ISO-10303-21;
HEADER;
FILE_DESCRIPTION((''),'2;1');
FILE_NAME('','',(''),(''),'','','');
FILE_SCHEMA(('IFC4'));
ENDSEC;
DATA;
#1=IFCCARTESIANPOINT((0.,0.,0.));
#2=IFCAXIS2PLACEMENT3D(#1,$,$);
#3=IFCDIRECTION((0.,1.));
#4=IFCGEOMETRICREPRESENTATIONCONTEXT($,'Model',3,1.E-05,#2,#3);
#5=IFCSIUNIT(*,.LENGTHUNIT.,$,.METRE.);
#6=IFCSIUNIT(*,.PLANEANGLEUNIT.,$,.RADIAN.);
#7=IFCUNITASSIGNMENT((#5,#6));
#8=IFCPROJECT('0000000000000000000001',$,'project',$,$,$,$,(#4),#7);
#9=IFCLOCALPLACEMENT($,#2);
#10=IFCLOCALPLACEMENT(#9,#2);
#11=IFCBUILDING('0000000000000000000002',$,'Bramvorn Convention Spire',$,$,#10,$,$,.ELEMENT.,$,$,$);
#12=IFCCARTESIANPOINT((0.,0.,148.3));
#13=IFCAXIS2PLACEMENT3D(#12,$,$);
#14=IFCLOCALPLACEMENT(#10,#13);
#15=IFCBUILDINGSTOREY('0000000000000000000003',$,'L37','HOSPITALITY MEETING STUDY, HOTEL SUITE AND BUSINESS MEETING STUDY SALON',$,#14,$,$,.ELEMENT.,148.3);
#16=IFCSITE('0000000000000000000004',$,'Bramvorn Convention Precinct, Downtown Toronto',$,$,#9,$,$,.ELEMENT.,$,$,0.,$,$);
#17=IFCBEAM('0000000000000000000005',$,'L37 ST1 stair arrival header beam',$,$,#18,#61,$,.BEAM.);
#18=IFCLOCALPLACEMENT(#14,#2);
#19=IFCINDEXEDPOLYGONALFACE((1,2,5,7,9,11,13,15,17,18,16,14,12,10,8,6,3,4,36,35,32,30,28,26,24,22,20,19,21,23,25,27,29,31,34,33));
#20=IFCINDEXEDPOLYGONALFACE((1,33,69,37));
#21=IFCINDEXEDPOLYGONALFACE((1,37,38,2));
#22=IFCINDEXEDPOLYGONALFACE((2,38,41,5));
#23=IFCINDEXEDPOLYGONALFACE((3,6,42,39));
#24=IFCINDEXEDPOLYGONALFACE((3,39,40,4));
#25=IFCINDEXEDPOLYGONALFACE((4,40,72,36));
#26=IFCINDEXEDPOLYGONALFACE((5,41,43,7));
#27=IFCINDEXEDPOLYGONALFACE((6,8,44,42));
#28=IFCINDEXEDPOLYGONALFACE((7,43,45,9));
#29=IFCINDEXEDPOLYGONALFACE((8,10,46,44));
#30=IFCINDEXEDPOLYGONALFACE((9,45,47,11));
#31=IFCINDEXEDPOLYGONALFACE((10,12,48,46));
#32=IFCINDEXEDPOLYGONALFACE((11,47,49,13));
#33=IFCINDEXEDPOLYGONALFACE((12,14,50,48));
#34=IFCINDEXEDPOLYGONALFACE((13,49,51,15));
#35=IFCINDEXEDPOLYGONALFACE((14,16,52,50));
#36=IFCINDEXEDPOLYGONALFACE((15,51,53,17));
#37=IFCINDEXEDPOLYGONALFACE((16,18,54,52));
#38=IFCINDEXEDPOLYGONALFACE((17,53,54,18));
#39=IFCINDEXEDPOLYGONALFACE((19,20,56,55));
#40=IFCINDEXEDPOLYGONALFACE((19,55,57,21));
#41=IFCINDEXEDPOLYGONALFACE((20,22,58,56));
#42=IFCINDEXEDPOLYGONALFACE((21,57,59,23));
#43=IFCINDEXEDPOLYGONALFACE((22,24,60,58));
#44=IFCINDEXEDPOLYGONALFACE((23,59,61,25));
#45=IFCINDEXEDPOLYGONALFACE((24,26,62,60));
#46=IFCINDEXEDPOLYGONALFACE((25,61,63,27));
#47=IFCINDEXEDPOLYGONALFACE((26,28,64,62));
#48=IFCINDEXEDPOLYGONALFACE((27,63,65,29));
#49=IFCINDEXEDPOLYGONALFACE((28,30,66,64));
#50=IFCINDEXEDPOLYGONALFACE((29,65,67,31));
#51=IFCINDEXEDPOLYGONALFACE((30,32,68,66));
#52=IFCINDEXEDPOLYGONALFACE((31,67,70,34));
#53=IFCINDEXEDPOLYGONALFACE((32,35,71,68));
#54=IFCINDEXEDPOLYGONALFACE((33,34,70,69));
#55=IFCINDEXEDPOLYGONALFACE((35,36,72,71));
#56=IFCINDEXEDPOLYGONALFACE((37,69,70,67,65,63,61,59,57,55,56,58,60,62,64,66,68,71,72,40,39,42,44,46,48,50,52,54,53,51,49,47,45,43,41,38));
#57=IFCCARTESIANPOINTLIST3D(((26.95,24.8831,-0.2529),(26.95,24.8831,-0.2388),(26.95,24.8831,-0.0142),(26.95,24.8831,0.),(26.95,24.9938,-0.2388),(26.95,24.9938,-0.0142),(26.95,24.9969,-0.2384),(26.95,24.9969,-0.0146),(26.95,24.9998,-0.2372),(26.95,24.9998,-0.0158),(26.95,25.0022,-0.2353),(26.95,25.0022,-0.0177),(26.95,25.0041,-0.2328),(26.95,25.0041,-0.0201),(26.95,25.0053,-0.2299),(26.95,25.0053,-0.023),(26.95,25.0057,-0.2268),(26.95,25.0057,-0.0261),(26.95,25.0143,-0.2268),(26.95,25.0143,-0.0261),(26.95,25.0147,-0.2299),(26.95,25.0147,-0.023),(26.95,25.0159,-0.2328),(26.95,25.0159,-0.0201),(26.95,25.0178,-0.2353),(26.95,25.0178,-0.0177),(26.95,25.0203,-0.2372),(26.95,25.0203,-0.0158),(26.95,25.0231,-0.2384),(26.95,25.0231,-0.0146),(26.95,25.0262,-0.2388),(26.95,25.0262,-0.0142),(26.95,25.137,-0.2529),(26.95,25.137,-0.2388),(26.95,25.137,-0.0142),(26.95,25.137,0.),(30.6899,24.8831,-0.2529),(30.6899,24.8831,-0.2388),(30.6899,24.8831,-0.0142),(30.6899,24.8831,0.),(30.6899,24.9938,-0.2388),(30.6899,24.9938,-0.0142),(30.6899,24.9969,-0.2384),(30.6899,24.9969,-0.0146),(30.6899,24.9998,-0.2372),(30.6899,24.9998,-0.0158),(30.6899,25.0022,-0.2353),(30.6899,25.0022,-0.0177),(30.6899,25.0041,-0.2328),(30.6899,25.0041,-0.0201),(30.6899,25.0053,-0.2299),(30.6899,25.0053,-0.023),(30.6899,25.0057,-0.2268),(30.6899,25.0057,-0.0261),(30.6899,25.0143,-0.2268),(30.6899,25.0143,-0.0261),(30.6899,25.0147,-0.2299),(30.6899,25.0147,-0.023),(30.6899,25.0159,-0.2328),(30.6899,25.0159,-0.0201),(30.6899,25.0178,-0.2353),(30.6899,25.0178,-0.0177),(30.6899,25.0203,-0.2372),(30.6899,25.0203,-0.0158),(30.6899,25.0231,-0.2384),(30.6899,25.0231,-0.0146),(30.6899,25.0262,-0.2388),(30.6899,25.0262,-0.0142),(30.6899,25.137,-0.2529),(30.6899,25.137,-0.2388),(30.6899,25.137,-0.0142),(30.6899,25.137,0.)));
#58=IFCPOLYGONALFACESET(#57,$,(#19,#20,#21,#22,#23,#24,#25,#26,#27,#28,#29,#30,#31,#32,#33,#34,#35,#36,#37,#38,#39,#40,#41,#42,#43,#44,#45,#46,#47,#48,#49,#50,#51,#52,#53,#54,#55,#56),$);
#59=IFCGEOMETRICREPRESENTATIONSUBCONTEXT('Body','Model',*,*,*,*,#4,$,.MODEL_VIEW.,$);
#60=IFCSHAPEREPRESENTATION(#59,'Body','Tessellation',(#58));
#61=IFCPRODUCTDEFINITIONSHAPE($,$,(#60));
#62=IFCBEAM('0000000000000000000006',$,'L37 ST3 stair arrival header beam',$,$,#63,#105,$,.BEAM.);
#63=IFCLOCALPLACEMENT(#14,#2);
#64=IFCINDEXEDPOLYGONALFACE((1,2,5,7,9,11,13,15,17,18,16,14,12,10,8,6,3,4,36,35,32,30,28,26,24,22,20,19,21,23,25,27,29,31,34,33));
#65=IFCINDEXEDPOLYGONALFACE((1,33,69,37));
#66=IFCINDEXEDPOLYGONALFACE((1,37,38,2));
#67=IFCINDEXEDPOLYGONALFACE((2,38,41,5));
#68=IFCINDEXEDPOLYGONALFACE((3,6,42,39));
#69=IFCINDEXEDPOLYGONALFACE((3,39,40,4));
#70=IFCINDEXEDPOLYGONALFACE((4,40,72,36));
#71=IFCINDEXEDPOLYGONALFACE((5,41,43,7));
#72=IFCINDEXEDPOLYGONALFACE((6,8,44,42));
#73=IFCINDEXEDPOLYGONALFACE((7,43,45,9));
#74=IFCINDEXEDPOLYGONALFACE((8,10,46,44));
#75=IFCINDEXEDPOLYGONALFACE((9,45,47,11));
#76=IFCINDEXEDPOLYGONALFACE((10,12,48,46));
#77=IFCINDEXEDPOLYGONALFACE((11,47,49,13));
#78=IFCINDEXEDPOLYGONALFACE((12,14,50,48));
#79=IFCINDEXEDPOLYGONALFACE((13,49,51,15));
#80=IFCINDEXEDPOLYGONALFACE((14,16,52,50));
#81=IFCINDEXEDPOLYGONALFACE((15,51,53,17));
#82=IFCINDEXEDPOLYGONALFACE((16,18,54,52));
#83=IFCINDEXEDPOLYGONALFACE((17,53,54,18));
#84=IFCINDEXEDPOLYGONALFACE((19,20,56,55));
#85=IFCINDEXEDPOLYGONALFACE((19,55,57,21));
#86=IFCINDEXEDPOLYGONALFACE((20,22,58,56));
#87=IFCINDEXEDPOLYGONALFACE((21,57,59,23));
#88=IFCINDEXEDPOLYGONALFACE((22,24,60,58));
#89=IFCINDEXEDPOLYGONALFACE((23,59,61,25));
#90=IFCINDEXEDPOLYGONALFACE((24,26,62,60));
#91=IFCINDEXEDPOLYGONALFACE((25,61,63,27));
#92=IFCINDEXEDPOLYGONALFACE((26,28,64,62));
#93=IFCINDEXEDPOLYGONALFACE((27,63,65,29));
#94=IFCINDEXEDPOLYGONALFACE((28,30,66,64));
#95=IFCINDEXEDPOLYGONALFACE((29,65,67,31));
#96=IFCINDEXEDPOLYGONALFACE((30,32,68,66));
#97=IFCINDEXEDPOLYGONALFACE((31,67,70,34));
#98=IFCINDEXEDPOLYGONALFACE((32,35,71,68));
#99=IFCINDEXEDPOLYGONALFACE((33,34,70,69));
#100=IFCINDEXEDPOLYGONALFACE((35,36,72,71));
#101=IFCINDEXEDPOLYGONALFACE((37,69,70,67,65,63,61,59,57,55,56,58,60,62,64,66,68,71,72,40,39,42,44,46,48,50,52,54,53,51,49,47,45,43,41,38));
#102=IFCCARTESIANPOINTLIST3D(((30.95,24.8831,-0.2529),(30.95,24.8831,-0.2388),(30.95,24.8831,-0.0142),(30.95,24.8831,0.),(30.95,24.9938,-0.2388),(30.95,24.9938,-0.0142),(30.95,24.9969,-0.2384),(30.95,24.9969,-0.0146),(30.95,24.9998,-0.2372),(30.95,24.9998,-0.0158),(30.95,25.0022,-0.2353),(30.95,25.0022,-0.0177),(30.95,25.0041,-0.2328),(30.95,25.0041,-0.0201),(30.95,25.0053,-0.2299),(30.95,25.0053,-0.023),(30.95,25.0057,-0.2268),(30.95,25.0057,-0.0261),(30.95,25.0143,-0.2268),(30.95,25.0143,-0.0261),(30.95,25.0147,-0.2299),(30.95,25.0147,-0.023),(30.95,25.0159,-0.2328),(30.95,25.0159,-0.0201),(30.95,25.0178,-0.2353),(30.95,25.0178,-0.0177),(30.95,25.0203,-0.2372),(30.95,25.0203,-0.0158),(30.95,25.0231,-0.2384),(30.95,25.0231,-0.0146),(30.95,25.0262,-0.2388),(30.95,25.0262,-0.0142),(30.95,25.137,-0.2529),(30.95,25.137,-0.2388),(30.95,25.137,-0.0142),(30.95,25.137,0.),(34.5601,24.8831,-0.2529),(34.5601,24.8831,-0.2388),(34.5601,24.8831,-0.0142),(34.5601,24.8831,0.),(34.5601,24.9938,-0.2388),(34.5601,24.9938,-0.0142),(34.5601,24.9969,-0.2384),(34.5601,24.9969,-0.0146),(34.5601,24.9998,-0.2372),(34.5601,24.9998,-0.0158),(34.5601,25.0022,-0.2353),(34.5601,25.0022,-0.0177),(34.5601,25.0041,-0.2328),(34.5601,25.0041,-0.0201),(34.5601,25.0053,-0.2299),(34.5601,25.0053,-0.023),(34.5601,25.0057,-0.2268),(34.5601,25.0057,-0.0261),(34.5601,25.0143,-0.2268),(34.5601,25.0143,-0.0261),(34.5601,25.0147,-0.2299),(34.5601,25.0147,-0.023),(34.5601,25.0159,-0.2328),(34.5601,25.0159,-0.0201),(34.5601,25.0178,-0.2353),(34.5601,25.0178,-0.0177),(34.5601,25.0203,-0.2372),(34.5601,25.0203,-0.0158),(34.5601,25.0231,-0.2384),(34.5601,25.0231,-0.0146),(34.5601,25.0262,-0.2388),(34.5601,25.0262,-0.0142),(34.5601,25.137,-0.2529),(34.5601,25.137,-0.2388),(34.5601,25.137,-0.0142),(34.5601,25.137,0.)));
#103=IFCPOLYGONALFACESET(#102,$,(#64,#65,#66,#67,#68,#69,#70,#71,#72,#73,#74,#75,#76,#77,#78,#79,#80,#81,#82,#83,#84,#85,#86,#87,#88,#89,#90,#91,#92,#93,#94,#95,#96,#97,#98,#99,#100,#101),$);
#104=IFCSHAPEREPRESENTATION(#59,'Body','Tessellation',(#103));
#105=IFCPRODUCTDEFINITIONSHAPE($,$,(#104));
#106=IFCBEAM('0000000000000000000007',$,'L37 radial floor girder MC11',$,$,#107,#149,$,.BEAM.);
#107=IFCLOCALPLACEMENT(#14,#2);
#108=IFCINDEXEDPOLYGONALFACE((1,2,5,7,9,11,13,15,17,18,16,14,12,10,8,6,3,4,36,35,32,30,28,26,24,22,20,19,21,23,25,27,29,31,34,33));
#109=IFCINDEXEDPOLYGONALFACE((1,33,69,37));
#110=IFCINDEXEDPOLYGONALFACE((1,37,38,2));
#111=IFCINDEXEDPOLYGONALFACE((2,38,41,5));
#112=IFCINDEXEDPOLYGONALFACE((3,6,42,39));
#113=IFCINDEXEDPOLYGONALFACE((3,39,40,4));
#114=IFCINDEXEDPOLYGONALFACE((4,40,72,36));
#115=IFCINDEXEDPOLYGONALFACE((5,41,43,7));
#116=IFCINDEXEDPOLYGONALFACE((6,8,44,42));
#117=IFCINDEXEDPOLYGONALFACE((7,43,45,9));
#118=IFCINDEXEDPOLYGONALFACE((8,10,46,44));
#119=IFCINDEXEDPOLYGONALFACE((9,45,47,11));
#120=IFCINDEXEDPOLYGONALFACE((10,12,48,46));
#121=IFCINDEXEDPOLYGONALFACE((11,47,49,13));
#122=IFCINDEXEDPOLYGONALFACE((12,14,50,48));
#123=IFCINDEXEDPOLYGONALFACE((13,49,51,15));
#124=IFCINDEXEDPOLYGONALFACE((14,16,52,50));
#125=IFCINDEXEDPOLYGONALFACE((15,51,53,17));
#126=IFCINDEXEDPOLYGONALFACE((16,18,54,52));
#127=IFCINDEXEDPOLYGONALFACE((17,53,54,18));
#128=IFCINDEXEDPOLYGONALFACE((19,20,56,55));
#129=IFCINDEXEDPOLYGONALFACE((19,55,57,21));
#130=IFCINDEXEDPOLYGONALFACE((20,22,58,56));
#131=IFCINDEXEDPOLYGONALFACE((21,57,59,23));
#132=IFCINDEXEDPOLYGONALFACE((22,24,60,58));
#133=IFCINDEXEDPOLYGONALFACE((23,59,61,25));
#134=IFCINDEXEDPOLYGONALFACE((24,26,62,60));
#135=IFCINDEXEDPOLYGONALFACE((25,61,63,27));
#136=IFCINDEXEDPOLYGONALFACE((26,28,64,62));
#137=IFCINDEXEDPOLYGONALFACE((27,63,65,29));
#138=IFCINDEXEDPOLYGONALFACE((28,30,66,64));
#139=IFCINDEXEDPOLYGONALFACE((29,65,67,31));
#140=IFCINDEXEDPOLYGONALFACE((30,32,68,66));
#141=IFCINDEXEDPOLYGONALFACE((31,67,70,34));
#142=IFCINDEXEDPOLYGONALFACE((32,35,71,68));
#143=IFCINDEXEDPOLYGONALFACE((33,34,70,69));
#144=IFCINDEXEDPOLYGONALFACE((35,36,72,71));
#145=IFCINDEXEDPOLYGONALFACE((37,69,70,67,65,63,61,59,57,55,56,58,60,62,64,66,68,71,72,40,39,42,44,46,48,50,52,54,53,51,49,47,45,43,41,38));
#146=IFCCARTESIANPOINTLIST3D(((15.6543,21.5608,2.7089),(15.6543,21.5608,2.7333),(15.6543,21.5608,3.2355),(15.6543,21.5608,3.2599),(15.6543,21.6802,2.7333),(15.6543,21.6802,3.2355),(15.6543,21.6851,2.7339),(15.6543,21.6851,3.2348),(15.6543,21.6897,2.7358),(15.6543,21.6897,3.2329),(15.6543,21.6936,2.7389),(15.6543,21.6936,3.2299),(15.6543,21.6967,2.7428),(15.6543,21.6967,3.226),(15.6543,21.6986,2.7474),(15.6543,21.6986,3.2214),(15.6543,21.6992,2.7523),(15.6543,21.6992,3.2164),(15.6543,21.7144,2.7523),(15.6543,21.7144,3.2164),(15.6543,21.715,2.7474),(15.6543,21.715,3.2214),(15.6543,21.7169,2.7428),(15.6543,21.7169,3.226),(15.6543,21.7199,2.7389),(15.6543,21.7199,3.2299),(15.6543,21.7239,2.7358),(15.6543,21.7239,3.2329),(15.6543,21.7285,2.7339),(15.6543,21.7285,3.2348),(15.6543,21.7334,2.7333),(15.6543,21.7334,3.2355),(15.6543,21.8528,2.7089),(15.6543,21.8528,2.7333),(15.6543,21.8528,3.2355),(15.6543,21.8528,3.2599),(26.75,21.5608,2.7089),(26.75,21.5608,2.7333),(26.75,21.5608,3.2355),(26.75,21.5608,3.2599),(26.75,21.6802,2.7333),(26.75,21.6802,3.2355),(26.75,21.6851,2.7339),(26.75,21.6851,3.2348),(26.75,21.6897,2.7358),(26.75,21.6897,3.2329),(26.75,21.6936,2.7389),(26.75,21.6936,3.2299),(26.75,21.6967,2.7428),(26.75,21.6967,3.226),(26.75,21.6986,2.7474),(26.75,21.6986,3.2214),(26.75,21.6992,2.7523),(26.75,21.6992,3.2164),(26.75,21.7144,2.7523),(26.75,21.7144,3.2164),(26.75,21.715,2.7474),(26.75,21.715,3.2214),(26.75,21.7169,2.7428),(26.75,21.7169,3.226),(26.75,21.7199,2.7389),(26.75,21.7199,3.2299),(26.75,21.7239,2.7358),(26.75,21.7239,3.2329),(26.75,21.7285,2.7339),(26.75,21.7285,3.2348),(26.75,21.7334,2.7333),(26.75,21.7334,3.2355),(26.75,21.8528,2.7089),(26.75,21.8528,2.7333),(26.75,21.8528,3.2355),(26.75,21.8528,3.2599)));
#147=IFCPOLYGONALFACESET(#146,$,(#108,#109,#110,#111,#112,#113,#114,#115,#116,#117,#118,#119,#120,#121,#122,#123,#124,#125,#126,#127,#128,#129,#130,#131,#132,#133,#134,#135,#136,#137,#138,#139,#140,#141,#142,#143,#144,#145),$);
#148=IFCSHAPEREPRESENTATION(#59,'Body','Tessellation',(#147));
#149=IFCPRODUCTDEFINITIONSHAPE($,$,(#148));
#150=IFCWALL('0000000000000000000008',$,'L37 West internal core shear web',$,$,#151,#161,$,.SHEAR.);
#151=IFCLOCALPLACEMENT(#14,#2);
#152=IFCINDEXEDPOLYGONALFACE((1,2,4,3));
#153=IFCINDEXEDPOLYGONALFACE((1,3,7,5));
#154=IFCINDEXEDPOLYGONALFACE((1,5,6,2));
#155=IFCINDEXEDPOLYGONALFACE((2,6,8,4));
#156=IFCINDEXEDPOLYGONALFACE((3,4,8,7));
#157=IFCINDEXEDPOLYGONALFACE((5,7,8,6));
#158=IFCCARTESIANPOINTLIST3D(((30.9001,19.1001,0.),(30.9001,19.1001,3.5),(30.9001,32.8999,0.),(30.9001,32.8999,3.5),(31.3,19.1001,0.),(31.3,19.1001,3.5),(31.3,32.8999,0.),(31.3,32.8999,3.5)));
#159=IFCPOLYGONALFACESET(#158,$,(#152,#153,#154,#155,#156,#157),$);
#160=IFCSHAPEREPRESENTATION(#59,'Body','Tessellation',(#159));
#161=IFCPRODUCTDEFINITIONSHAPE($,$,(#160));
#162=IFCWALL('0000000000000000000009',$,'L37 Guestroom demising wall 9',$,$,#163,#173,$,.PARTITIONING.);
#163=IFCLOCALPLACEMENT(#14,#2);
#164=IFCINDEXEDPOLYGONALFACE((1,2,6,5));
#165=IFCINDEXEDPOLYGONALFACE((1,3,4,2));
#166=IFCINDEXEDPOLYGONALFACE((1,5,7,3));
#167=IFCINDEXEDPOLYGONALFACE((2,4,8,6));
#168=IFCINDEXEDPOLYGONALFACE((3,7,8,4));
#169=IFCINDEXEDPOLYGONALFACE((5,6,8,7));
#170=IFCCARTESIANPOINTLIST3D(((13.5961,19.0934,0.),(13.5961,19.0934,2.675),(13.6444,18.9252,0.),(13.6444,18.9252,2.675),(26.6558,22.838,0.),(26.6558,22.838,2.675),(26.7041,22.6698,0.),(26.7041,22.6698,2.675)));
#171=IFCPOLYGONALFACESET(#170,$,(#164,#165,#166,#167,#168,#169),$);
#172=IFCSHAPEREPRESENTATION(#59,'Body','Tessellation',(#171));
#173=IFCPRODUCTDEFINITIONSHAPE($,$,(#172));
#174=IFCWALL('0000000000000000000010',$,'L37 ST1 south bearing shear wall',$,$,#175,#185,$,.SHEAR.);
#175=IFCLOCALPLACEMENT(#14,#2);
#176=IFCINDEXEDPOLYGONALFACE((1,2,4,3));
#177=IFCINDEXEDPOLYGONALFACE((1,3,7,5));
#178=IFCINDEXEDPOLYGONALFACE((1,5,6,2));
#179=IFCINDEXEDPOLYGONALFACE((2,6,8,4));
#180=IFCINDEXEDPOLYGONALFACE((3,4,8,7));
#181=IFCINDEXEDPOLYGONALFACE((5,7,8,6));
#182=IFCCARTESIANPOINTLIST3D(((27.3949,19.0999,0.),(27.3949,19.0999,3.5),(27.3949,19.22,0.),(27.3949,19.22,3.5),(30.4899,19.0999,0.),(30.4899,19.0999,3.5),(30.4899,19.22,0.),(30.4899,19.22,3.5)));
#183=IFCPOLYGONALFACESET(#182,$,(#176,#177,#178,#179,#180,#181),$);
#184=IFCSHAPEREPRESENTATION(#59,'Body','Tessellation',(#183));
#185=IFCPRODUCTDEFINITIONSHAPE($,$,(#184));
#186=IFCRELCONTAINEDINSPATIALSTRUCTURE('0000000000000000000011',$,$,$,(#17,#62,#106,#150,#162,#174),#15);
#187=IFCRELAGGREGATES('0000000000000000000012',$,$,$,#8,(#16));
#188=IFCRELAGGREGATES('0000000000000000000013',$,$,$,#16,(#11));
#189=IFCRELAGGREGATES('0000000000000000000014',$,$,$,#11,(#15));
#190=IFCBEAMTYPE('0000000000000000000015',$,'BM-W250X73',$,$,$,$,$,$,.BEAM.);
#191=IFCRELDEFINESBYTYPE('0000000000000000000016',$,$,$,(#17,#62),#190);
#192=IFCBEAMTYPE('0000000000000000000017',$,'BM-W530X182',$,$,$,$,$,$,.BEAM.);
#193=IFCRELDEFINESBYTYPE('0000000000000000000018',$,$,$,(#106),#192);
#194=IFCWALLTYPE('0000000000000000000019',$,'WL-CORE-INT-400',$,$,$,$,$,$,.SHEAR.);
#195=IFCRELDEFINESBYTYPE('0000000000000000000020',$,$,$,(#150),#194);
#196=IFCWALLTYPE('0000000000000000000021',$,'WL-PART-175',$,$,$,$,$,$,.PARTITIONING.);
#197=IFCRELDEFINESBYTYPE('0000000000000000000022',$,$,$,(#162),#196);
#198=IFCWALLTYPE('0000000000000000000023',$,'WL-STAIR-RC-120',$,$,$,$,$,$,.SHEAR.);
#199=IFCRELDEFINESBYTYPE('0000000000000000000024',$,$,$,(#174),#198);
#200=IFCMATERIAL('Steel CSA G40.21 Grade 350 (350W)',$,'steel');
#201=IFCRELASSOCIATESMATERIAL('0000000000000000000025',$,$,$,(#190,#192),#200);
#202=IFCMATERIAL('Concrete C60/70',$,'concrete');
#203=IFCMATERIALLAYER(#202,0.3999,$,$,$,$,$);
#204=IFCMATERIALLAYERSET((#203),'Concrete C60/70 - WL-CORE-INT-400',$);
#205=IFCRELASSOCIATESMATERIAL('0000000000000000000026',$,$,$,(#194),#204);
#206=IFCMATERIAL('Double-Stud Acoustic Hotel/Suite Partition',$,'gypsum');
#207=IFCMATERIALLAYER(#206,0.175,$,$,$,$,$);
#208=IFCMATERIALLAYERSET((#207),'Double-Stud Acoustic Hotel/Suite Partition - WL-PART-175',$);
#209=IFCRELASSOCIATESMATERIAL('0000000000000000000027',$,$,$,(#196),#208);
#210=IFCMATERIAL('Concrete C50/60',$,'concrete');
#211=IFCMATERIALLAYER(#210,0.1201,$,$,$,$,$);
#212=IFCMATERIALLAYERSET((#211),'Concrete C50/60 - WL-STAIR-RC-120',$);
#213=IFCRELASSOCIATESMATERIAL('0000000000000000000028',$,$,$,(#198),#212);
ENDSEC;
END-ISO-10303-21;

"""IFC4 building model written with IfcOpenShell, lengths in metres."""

from ifc_helpers import new_model, si_unit, direction, frame, frame_2d, origin, origin_2d, place, context, subcontext, project, spatial, rectangle, i_section, extrude, material, layer, layer_set, material_profile, profile_set, type_object, element, save


model = new_model("IFC4")

# Units and contexts
model_context = context("Model", 3, precision=1e-05, world=origin(), true_north=direction((0.0, 1.0)))
body_context = subcontext(model_context, "Body", "Model", "MODEL_VIEW")
ifc_project = project(units=[si_unit("LENGTHUNIT", "METRE"), si_unit("PLANEANGLEUNIT", "RADIAN")], contexts=[model_context])

# Site, building, storey
site_placement = place(None, origin())
site = spatial("IfcSite", under=ifc_project, at=site_placement, Name="Bramvorn Convention Precinct, Downtown Toronto", CompositionType="ELEMENT", RefElevation=0.0)
building_placement = place(site_placement, origin())
building = spatial("IfcBuilding", under=site, at=building_placement, Name="Bramvorn Convention Spire", CompositionType="ELEMENT")
storey_placement = place(building_placement, frame((0.0, 0.0, 148.3)))
storey = spatial("IfcBuildingStorey", under=building, at=storey_placement, Name="L37", Description="HOSPITALITY MEETING STUDY, HOTEL SUITE AND BUSINESS MEETING STUDY SALON", CompositionType="ELEMENT", Elevation=148.3)

# Beams
ifc_material_1 = material(Name="Steel CSA G40.21 Grade 350 (350W)", Category="steel")
ifc_material_profile_1 = material_profile(ifc_material_1, i_section(OverallWidth=0.2539, OverallDepth=0.2529, WebThickness=0.0085, FlangeThickness=0.0142, FilletRadius=0.012, at=origin_2d()))
ifc_profile_set_1 = profile_set([ifc_material_profile_1], Name="Steel CSA G40.21 Grade 350 (350W) - W250X73")
beam_type_1 = type_object("IfcBeamType", Name="BM-W250X73", PredefinedType="BEAM", material=ifc_profile_set_1)
beam_1_placement = place(storey_placement, frame((26.95, 25.01, -0.1265), z_axis=(1.0, 0.0, 0.0), x_axis=(0.0, 1.0, 0.0)))
element("IfcBeam", 1, at=beam_1_placement, inside=storey, type_object=beam_type_1, Name="L37 ST1 stair arrival header beam", PredefinedType="BEAM", context=body_context, shape_type="SweptSolid", body=[
    extrude(i_section(OverallWidth=0.2539, OverallDepth=0.2529, WebThickness=0.0085, FlangeThickness=0.0142, FilletRadius=0.012, at=origin_2d()), origin(), (0.0, 0.0, 1.0), 3.74),
])
beam_2_placement = place(storey_placement, frame((30.95, 25.01, -0.1265), z_axis=(1.0, 0.0, 0.0), x_axis=(0.0, 1.0, 0.0)))
element("IfcBeam", 2, at=beam_2_placement, inside=storey, type_object=beam_type_1, Name="L37 ST3 stair arrival header beam", PredefinedType="BEAM", context=body_context, shape_type="SweptSolid", body=[
    extrude(i_section(OverallWidth=0.2539, OverallDepth=0.2529, WebThickness=0.0085, FlangeThickness=0.0142, FilletRadius=0.012, at=origin_2d()), origin(), (0.0, 0.0, 1.0), 3.6101),
])
ifc_material_profile_2 = material_profile(ifc_material_1, i_section(OverallWidth=0.292, OverallDepth=0.551, WebThickness=0.0151, FlangeThickness=0.0244, FilletRadius=0.019, at=origin_2d()))
ifc_profile_set_2 = profile_set([ifc_material_profile_2], Name="Steel CSA G40.21 Grade 350 (350W) - W530X182")
beam_type_2 = type_object("IfcBeamType", Name="BM-W530X182", PredefinedType="BEAM", material=ifc_profile_set_2)
beam_3_placement = place(storey_placement, frame((26.75, 21.7068, 2.9844), z_axis=(-1.0, 0.0, 0.0), x_axis=(0.0, -1.0, 0.0)))
element("IfcBeam", 3, at=beam_3_placement, inside=storey, type_object=beam_type_2, Name="L37 radial floor girder MC11", PredefinedType="BEAM", context=body_context, shape_type="SweptSolid", body=[
    extrude(i_section(OverallWidth=0.292, OverallDepth=0.551, WebThickness=0.0151, FlangeThickness=0.0244, FilletRadius=0.019, at=origin_2d()), origin(), (0.0, 0.0, 1.0), 11.0957),
])

# Walls
ifc_material_2 = material(Name="Concrete C60/70", Category="concrete")
ifc_layer_1 = layer(ifc_material_2, 0.3999)
ifc_layer_set_1 = layer_set([ifc_layer_1], Name="Concrete C60/70 - WL-CORE-INT-400")
wall_type_1 = type_object("IfcWallType", Name="WL-CORE-INT-400", PredefinedType="SHEAR", material=ifc_layer_set_1)
wall_1_placement = place(storey_placement, frame((31.1001, 19.1001, 0.0), z_axis=(0.0, 0.0, 1.0), x_axis=(0.0, 1.0, 0.0)))
element("IfcWall", 4, at=wall_1_placement, inside=storey, type_object=wall_type_1, Name="L37 West internal core shear web", PredefinedType="SHEAR", context=body_context, shape_type="SweptSolid", body=[
    extrude(rectangle(XDim=13.7998, YDim=0.3999, at=frame_2d((6.8999, 0.0))), origin(), (0.0, 0.0, 1.0), 3.5),
])
ifc_material_3 = material(Name="Double-Stud Acoustic Hotel/Suite Partition", Category="gypsum")
ifc_layer_2 = layer(ifc_material_3, 0.175)
ifc_layer_set_2 = layer_set([ifc_layer_2], Name="Double-Stud Acoustic Hotel/Suite Partition - WL-PART-175")
wall_type_2 = type_object("IfcWallType", Name="WL-PART-175", PredefinedType="PARTITIONING", material=ifc_layer_set_2)
wall_2_placement = place(storey_placement, frame((26.6799, 22.7539, 0.0), z_axis=(0.0, 0.0, 1.0), x_axis=(-0.961266, -0.275623, 0.0)))
element("IfcWall", 5, at=wall_2_placement, inside=storey, type_object=wall_type_2, Name="L37 Guestroom demising wall 9", PredefinedType="PARTITIONING", context=body_context, shape_type="SweptSolid", body=[
    extrude(rectangle(XDim=13.5859, YDim=0.175, at=frame_2d((6.793, 0.0))), origin(), (0.0, 0.0, 1.0), 2.675),
])
ifc_material_4 = material(Name="Concrete C50/60", Category="concrete")
ifc_layer_3 = layer(ifc_material_4, 0.1201)
ifc_layer_set_3 = layer_set([ifc_layer_3], Name="Concrete C50/60 - WL-STAIR-RC-120")
wall_type_3 = type_object("IfcWallType", Name="WL-STAIR-RC-120", PredefinedType="SHEAR", material=ifc_layer_set_3)
wall_3_placement = place(storey_placement, frame((27.395, 19.1599, 0.0), z_axis=(0.0, 0.0, 1.0), x_axis=(1.0, 0.0, 0.0)))
element("IfcWall", 6, at=wall_3_placement, inside=storey, type_object=wall_type_3, Name="L37 ST1 south bearing shear wall", PredefinedType="SHEAR", context=body_context, shape_type="SweptSolid", body=[
    extrude(rectangle(XDim=3.095, YDim=0.1201, at=frame_2d((1.5474, 0.0))), origin(), (0.0, 0.0, 1.0), 3.5),
])

save(model, "model.ifc")
